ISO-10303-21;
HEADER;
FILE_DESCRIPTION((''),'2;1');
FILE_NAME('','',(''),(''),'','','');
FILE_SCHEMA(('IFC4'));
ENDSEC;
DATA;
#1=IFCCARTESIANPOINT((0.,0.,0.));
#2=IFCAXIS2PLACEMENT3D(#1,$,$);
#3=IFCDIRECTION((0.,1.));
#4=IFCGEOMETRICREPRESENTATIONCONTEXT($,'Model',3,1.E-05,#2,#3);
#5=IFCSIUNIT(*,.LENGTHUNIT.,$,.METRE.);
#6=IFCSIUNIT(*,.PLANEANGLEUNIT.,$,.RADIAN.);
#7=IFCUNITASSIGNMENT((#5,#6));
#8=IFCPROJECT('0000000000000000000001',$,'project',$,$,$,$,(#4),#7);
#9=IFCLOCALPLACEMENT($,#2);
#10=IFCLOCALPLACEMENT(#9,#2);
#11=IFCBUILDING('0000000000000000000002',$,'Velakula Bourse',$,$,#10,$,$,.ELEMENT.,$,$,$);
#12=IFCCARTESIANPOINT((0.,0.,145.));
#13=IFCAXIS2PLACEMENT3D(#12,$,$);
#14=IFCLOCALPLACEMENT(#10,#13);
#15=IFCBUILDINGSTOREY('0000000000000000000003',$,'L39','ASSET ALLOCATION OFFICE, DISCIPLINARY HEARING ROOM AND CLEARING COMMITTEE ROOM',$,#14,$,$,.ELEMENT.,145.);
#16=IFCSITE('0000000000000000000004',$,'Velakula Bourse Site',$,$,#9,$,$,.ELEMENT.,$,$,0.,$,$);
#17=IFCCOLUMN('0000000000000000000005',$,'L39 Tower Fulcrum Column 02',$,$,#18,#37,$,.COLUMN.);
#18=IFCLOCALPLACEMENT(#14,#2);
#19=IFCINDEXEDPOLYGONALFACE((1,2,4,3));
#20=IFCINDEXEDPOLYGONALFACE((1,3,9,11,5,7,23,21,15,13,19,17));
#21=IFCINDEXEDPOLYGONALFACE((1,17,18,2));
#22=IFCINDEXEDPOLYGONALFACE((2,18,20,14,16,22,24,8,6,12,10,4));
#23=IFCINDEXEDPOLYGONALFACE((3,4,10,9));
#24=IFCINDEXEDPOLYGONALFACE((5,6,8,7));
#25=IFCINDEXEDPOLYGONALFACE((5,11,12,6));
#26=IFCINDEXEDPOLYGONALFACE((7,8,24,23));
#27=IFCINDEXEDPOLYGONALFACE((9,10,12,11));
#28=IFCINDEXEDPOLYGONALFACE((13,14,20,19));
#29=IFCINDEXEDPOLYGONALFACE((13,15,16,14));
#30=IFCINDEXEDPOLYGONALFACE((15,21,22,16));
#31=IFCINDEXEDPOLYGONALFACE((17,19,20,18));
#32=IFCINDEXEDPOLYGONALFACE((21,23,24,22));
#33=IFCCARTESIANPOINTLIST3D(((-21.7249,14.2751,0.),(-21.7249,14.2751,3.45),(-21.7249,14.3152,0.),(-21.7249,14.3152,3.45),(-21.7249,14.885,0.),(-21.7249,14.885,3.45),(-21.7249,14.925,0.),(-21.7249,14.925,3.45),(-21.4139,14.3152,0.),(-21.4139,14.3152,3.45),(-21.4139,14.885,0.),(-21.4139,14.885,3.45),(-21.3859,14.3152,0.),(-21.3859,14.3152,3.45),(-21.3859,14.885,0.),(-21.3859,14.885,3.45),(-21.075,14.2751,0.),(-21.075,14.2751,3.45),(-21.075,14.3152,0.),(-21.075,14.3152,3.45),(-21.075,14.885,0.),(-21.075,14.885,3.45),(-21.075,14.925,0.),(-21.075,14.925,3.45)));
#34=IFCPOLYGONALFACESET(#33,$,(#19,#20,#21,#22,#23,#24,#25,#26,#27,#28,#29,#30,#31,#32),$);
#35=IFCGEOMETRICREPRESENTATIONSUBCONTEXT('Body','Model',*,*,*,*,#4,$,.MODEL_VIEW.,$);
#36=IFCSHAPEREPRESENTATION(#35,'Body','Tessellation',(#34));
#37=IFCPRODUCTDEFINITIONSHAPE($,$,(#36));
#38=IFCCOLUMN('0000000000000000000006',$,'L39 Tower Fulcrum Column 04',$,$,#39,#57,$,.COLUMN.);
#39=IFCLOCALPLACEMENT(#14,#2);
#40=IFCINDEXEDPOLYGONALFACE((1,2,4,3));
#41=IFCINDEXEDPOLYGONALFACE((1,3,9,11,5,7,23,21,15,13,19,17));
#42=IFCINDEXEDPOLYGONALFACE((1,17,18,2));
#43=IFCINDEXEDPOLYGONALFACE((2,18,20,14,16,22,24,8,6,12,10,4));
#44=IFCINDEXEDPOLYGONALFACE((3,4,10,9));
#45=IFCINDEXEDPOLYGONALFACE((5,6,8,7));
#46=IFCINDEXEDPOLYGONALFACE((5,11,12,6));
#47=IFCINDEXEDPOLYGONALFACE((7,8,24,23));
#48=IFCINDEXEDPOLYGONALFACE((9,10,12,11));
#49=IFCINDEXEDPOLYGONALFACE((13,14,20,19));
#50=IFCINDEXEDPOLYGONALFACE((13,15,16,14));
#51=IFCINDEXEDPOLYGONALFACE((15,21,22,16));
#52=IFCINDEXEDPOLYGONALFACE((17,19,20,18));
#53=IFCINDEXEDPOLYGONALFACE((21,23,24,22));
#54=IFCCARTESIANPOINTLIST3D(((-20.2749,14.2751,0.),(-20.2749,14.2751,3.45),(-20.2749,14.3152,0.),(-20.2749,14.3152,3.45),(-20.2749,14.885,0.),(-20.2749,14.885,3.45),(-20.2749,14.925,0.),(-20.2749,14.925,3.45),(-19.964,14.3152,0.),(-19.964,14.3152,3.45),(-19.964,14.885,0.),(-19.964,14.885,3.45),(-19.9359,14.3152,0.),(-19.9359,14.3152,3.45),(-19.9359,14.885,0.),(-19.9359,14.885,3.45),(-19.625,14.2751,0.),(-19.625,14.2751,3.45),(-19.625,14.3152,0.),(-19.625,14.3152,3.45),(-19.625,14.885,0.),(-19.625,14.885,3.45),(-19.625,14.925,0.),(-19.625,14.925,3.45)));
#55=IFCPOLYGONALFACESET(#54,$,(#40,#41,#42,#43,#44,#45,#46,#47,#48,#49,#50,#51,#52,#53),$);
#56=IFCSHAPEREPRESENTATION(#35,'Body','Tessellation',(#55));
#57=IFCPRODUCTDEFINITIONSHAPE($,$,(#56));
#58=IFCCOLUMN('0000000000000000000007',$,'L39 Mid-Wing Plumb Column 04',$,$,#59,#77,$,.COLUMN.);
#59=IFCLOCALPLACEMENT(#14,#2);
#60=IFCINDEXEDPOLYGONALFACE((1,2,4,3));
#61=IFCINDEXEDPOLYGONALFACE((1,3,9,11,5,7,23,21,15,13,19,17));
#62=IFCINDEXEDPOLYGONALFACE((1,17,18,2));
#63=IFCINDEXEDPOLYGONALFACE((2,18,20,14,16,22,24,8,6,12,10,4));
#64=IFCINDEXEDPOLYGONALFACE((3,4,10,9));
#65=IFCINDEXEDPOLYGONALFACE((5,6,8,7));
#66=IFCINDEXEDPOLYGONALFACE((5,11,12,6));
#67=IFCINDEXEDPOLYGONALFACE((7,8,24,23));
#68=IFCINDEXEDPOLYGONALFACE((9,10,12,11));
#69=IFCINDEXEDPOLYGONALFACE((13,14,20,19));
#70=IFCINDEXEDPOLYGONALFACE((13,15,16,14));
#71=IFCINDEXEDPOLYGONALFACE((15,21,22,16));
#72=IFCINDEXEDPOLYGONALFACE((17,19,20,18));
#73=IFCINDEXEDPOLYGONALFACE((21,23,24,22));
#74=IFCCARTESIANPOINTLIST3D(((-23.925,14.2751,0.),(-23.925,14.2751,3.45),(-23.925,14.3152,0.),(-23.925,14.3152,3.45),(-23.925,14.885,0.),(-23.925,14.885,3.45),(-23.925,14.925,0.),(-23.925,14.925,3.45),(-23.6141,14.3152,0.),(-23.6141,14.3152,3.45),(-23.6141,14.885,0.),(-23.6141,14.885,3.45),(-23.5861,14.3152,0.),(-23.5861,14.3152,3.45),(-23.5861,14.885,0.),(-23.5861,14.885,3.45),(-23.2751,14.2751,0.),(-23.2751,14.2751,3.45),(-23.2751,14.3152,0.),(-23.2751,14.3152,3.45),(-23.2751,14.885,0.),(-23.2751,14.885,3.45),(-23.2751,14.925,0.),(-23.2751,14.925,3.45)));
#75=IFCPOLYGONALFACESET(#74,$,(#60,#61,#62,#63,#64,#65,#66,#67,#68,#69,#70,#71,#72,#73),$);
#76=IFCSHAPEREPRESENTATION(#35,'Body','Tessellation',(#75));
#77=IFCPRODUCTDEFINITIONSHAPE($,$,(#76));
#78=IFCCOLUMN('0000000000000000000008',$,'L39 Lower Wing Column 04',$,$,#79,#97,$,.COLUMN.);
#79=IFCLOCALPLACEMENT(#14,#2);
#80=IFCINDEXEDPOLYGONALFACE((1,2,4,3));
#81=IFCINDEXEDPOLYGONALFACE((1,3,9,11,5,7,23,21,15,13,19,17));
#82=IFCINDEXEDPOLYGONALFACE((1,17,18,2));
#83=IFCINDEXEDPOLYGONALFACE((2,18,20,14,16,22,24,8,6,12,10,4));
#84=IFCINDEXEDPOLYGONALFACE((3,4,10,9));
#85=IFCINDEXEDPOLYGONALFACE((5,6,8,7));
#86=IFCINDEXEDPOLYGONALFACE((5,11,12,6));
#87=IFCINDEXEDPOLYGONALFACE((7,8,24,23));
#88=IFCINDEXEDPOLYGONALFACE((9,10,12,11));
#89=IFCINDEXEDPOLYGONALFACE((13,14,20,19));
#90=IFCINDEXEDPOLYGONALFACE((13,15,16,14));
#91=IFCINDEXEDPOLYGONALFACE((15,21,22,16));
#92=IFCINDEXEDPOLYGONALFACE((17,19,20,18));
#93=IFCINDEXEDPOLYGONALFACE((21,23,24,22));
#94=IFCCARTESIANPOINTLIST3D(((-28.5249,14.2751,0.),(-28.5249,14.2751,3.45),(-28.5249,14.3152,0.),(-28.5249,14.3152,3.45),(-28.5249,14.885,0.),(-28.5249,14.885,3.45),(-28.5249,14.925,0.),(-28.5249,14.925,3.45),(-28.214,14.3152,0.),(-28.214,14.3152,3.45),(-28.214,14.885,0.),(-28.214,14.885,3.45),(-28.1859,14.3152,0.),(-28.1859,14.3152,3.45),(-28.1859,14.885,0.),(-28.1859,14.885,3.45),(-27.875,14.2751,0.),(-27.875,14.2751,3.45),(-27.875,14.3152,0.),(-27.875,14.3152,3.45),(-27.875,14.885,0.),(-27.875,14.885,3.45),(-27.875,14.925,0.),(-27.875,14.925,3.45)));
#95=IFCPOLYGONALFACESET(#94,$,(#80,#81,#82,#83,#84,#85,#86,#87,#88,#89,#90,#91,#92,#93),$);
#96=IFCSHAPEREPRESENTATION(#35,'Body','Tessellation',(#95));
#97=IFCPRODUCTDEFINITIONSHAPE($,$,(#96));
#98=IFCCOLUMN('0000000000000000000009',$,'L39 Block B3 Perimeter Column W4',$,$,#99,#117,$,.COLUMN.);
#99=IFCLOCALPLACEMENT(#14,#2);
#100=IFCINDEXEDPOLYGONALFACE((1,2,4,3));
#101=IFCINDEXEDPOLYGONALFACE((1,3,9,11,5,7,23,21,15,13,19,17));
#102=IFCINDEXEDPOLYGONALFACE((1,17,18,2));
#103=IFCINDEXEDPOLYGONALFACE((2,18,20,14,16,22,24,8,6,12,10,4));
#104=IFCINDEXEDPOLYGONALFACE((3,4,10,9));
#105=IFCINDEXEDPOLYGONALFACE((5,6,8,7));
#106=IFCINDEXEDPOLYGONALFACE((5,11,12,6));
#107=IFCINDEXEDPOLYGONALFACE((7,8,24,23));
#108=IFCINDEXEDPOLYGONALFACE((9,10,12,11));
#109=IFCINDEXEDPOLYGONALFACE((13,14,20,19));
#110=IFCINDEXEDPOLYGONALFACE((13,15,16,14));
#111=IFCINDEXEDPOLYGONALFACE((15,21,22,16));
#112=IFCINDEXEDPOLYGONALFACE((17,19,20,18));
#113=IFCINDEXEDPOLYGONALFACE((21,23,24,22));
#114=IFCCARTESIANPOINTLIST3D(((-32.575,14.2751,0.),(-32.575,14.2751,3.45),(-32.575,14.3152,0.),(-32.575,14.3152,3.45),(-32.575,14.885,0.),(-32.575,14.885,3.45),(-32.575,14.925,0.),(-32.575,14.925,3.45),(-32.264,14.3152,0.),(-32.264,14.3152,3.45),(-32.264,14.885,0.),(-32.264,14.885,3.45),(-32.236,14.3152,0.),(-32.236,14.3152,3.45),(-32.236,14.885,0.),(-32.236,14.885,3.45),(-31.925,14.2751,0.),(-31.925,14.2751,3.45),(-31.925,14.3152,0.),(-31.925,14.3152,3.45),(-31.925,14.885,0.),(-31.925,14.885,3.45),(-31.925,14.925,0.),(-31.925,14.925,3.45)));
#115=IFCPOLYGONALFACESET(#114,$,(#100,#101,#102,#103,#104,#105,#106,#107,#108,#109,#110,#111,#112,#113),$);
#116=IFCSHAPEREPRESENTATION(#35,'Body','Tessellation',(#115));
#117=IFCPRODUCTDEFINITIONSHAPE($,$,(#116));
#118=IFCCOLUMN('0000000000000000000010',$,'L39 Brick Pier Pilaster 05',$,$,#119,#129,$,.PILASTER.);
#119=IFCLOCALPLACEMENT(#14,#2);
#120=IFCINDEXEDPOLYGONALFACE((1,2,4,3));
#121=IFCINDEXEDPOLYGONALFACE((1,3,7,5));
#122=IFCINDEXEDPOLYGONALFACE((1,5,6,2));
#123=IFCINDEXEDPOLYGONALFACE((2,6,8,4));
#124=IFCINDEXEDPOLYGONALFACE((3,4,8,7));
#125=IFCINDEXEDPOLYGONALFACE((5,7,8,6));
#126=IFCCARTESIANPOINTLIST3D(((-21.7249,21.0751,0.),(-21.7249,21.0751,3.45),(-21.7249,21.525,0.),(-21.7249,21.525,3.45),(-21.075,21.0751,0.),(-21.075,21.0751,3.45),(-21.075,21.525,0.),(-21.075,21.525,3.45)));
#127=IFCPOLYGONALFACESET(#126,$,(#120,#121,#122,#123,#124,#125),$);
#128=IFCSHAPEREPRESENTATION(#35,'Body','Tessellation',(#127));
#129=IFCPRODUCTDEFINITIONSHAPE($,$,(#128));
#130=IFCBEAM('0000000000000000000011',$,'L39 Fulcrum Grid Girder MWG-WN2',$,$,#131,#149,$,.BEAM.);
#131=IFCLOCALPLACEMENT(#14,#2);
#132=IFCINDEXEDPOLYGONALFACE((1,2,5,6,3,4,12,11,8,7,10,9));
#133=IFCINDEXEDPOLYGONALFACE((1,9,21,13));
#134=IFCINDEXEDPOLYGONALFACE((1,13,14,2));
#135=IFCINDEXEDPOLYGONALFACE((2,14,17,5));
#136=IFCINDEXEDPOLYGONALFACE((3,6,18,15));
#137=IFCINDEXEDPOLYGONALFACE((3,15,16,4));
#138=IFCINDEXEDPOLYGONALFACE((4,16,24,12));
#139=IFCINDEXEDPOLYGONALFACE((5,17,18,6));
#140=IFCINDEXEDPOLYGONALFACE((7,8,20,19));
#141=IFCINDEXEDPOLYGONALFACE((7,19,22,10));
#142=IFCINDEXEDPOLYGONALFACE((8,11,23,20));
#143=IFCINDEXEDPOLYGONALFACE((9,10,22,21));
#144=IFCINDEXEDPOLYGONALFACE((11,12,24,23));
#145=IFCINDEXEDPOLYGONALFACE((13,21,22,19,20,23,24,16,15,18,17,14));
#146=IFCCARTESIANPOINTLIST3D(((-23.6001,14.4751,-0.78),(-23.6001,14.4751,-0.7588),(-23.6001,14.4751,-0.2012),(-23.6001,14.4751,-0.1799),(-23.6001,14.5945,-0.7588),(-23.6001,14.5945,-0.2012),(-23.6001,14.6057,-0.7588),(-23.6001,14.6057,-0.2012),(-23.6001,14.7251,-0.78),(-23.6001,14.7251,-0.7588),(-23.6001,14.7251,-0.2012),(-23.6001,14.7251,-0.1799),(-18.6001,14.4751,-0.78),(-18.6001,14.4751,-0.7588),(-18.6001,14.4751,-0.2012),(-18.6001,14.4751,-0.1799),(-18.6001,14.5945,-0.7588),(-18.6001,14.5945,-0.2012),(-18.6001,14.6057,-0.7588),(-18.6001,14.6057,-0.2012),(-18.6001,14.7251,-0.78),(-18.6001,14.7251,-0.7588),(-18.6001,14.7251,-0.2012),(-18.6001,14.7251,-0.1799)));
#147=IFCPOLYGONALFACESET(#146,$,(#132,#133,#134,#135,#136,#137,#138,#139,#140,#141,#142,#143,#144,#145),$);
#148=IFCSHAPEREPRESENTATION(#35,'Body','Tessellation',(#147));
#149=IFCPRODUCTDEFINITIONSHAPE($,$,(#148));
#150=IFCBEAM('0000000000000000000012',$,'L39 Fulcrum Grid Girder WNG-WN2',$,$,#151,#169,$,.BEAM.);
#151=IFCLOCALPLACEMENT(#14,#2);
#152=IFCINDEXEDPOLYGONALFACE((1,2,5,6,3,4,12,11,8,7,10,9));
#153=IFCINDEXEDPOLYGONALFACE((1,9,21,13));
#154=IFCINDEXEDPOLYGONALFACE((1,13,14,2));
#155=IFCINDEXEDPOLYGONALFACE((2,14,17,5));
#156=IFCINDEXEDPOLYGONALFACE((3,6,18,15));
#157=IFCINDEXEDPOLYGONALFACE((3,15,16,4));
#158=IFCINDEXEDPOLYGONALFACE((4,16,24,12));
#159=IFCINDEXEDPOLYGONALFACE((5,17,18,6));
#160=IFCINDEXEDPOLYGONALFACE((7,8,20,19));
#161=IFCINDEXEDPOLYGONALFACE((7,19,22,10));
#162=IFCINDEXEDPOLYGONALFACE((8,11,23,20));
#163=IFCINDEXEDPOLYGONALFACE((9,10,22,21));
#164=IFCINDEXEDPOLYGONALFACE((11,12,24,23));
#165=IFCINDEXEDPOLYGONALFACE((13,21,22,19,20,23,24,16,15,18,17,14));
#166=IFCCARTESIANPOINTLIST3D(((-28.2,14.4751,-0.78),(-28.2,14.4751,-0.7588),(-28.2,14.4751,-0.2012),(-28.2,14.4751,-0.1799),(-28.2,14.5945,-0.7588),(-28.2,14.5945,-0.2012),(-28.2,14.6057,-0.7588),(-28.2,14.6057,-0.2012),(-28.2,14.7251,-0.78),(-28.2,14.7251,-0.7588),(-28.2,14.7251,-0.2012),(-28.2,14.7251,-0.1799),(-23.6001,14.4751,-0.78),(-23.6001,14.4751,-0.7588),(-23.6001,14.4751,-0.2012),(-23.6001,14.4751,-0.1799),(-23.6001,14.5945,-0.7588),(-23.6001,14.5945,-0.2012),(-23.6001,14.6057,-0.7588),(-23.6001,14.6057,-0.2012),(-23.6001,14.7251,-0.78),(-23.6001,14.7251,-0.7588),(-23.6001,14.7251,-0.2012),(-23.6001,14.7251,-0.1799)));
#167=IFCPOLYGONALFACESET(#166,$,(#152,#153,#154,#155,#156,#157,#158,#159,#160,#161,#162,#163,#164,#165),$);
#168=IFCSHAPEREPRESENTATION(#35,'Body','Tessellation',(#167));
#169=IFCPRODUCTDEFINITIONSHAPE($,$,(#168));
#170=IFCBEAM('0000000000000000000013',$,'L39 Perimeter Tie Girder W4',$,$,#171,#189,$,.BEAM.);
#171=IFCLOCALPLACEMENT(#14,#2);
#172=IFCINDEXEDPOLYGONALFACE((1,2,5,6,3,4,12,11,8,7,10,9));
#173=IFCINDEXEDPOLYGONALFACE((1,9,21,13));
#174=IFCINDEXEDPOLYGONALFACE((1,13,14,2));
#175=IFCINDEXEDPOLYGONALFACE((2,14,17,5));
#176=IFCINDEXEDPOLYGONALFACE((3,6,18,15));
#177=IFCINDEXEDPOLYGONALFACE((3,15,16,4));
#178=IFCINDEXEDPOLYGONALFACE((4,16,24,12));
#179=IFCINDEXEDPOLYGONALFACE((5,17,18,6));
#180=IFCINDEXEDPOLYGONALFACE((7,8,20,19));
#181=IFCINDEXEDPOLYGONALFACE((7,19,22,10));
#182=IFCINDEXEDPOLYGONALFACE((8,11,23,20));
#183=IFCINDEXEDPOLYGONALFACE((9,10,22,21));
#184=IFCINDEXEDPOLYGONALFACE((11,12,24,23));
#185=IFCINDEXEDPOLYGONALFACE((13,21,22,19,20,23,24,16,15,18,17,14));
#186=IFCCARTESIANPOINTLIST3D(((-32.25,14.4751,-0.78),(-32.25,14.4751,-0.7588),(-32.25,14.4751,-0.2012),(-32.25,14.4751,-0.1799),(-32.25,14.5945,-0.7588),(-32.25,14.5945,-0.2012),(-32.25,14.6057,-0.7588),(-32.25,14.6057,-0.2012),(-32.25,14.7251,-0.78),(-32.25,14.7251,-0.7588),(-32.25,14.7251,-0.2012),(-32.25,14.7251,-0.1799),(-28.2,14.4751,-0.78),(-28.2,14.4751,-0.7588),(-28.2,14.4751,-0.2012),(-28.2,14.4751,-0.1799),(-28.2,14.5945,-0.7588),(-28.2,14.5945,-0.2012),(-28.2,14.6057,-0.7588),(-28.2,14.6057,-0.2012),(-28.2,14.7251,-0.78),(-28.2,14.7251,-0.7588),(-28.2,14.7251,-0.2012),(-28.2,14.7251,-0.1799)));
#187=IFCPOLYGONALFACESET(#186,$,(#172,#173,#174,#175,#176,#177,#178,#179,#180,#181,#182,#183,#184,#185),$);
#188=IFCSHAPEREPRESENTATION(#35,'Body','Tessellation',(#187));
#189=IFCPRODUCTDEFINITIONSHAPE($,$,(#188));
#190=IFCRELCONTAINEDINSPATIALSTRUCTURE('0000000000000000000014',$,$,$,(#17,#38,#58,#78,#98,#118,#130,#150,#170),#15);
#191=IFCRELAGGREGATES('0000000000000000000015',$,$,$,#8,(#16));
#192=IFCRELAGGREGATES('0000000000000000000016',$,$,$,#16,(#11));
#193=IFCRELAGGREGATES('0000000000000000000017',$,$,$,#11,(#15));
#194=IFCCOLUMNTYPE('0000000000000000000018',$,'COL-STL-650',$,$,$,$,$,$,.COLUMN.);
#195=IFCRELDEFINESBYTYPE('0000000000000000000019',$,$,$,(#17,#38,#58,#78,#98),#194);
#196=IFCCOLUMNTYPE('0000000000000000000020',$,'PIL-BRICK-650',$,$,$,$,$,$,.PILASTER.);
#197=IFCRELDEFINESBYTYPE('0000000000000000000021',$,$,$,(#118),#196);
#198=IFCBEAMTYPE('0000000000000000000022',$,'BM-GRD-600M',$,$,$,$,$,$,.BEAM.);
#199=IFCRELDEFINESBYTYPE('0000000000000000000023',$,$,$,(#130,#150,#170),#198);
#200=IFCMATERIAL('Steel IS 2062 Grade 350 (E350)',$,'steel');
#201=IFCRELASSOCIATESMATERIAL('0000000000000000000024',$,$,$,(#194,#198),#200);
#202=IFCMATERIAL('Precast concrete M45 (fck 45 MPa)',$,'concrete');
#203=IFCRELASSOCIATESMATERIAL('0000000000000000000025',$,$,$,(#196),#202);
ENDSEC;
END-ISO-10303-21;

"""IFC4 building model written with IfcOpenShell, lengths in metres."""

from ifc_helpers import new_model, si_unit, direction, frame, origin, origin_2d, place, context, subcontext, project, spatial, rectangle, i_section, extrude, material, material_profile, profile_set, type_object, element, save


model = new_model("IFC4")

# Units and contexts
model_context = context("Model", 3, precision=1e-05, world=origin(), true_north=direction((0.0, 1.0)))
body_context = subcontext(model_context, "Body", "Model", "MODEL_VIEW")
ifc_project = project(units=[si_unit("LENGTHUNIT", "METRE"), si_unit("PLANEANGLEUNIT", "RADIAN")], contexts=[model_context])

# Site, building, storey
site_placement = place(None, origin())
site = spatial("IfcSite", under=ifc_project, at=site_placement, Name="Velakula Bourse Site", CompositionType="ELEMENT", RefElevation=0.0)
building_placement = place(site_placement, origin())
building = spatial("IfcBuilding", under=site, at=building_placement, Name="Velakula Bourse", CompositionType="ELEMENT")
storey_placement = place(building_placement, frame((0.0, 0.0, 145.0)))
storey = spatial("IfcBuildingStorey", under=building, at=storey_placement, Name="L39", Description="ASSET ALLOCATION OFFICE, DISCIPLINARY HEARING ROOM AND CLEARING COMMITTEE ROOM", CompositionType="ELEMENT", Elevation=145.0)

# Columns
ifc_material_1 = material(Name="Steel IS 2062 Grade 350 (E350)", Category="steel")
ifc_material_profile_1 = material_profile(ifc_material_1, i_section(OverallWidth=0.6499, OverallDepth=0.6499, WebThickness=0.0281, FlangeThickness=0.04, at=origin_2d()), Name="Steel IS 2062 Grade 350 (E350)")
ifc_profile_set_1 = profile_set([ifc_material_profile_1], Name="Steel IS 2062 Grade 350 (E350)")
column_type_1 = type_object("IfcColumnType", Name="COL-STL-650", PredefinedType="COLUMN", material=ifc_profile_set_1)
for number, where, z_axis, x_axis, name in (
    (1, (-21.3999, 14.6001, 0.0), (0.0, 0.0, 1.0), (1.0, 0.0, 0.0), "L39 Tower Fulcrum Column 02"),
    (2, (-19.95, 14.6001, 0.0), (0.0, 0.0, 1.0), (1.0, 0.0, 0.0), "L39 Tower Fulcrum Column 04"),
    (3, (-23.6001, 14.6001, 0.0), (0.0, 0.0, 1.0), (1.0, 0.0, 0.0), "L39 Mid-Wing Plumb Column 04"),
    (4, (-28.2, 14.6001, 0.0), (0.0, 0.0, 1.0), (1.0, 0.0, 0.0), "L39 Lower Wing Column 04"),
    (5, (-32.25, 14.6001, 0.0), (0.0, 0.0, 1.0), (1.0, 0.0, 0.0), "L39 Block B3 Perimeter Column W4"),
):
    element("IfcColumn", number, at=place(storey_placement, frame(where, z_axis=z_axis, x_axis=x_axis)), inside=storey, type_object=column_type_1, Name=name, PredefinedType="COLUMN", context=body_context, shape_type="SweptSolid", body=[
        extrude(i_section(OverallWidth=0.6499, OverallDepth=0.6499, WebThickness=0.0281, FlangeThickness=0.04, at=origin_2d()), origin(), (0.0, 0.0, 1.0), 3.45),
    ])
ifc_material_2 = material(Name="Precast concrete M45 (fck 45 MPa)", Category="concrete")
ifc_material_profile_2 = material_profile(ifc_material_2, rectangle(XDim=0.6499, YDim=0.45, at=origin_2d()), Name="Precast concrete M45 (fck 45 MPa)")
ifc_profile_set_2 = profile_set([ifc_material_profile_2], Name="Precast concrete M45 (fck 45 MPa)")
column_type_2 = type_object("IfcColumnType", Name="PIL-BRICK-650", PredefinedType="PILASTER", material=ifc_profile_set_2)
column_placement = place(storey_placement, frame((-21.3999, 21.3, 0.0), z_axis=(0.0, 0.0, 1.0), x_axis=(1.0, 0.0, 0.0)))
element("IfcColumn", 6, at=column_placement, inside=storey, type_object=column_type_2, Name="L39 Brick Pier Pilaster 05", PredefinedType="PILASTER", context=body_context, shape_type="SweptSolid", body=[
    extrude(rectangle(XDim=0.6499, YDim=0.45, at=origin_2d()), origin(), (0.0, 0.0, 1.0), 3.45),
])

# Beams
ifc_material_profile_3 = material_profile(ifc_material_1, i_section(OverallWidth=0.25, OverallDepth=0.6001, WebThickness=0.0112, FlangeThickness=0.0212, at=origin_2d()), Name="Steel IS 2062 Grade 350 (E350)")
ifc_profile_set_3 = profile_set([ifc_material_profile_3], Name="Steel IS 2062 Grade 350 (E350)")
beam_type_1 = type_object("IfcBeamType", Name="BM-GRD-600M", PredefinedType="BEAM", material=ifc_profile_set_3)
beam_1_placement = place(storey_placement, frame((-23.6001, 14.6001, -0.48), z_axis=(1.0, 0.0, 0.0), x_axis=(0.0, 1.0, 0.0)))
element("IfcBeam", 7, at=beam_1_placement, inside=storey, type_object=beam_type_1, Name="L39 Fulcrum Grid Girder MWG-WN2", PredefinedType="BEAM", context=body_context, shape_type="SweptSolid", body=[
    extrude(i_section(OverallWidth=0.25, OverallDepth=0.6001, WebThickness=0.0112, FlangeThickness=0.0212, at=origin_2d()), origin(), (0.0, 0.0, 1.0), 5.0),
])
beam_2_placement = place(storey_placement, frame((-28.2, 14.6001, -0.48), z_axis=(1.0, 0.0, 0.0), x_axis=(0.0, 1.0, 0.0)))
element("IfcBeam", 8, at=beam_2_placement, inside=storey, type_object=beam_type_1, Name="L39 Fulcrum Grid Girder WNG-WN2", PredefinedType="BEAM", context=body_context, shape_type="SweptSolid", body=[
    extrude(i_section(OverallWidth=0.25, OverallDepth=0.6001, WebThickness=0.0112, FlangeThickness=0.0212, at=origin_2d()), origin(), (0.0, 0.0, 1.0), 4.5999),
])
beam_3_placement = place(storey_placement, frame((-28.2, 14.6001, -0.48), z_axis=(-1.0, 0.0, 0.0), x_axis=(0.0, -1.0, 0.0)))
element("IfcBeam", 9, at=beam_3_placement, inside=storey, type_object=beam_type_1, Name="L39 Perimeter Tie Girder W4", PredefinedType="BEAM", context=body_context, shape_type="SweptSolid", body=[
    extrude(i_section(OverallWidth=0.25, OverallDepth=0.6001, WebThickness=0.0112, FlangeThickness=0.0212, at=origin_2d()), origin(), (0.0, 0.0, 1.0), 4.05),
])

save(model, "model.ifc")
